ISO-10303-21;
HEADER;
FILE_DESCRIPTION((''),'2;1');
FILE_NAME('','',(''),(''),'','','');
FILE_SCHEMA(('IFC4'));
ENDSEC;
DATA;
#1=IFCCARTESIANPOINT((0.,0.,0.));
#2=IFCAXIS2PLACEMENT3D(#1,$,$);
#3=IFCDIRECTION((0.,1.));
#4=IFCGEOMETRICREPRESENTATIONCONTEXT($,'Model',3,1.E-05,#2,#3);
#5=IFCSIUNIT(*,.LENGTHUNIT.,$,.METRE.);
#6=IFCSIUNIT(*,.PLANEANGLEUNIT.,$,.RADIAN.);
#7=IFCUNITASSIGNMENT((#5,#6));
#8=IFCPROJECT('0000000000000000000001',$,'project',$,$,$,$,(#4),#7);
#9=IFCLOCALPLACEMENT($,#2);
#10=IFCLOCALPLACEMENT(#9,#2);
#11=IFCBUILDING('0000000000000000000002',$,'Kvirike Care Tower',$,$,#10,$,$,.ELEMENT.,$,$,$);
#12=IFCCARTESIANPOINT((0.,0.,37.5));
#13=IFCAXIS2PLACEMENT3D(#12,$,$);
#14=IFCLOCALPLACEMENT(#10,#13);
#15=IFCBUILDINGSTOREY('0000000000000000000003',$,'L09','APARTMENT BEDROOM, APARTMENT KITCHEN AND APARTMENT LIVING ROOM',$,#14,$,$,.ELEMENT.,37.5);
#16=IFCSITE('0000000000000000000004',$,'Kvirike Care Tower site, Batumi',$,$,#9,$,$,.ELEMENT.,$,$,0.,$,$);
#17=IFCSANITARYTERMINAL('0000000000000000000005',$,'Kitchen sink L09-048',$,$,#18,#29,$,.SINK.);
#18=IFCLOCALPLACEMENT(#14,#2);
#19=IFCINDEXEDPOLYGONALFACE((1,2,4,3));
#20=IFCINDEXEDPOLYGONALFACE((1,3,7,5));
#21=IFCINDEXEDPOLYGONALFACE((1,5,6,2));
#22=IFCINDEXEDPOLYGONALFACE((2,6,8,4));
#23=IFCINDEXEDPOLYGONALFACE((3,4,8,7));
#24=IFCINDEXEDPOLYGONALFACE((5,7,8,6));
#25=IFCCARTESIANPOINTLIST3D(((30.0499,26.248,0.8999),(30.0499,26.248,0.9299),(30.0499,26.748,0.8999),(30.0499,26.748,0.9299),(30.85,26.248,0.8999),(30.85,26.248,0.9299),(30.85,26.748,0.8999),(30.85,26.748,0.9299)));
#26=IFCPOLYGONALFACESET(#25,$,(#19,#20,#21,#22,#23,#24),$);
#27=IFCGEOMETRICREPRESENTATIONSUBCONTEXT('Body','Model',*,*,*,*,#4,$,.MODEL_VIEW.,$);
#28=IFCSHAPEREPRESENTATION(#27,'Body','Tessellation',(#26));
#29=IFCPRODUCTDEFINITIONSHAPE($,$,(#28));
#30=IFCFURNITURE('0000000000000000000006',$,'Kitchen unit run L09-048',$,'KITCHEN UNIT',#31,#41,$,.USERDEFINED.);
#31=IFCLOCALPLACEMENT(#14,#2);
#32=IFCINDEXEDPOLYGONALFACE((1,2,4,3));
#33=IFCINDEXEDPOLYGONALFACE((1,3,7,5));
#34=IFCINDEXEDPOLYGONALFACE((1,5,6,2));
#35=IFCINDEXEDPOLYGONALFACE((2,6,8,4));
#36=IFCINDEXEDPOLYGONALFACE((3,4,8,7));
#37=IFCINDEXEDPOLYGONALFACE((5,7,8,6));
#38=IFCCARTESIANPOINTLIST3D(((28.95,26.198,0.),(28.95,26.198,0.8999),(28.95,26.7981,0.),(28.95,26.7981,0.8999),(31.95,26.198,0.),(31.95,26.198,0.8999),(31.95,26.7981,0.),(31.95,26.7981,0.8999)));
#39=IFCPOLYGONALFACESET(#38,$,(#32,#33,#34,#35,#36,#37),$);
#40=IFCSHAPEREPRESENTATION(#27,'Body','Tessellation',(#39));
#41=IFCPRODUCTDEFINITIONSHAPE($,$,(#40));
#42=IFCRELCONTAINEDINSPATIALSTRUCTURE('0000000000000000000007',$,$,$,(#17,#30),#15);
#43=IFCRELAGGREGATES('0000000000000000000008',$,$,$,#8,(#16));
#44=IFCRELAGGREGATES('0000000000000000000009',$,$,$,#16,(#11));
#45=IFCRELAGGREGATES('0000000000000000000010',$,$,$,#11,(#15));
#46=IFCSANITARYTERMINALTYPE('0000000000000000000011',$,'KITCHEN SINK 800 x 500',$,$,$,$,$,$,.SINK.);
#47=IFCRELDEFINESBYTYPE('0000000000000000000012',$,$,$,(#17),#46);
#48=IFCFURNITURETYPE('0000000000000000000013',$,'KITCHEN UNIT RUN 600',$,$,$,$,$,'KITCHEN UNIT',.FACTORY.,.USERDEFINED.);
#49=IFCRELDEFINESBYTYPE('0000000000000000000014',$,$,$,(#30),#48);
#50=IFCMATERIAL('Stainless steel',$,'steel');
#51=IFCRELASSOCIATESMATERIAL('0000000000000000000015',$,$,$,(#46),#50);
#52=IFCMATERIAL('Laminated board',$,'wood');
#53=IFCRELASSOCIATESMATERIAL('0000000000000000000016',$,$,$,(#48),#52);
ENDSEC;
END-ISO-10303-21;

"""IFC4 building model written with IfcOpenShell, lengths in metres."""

from ifc_helpers import new_model, si_unit, direction, frame, origin, origin_2d, place, context, subcontext, project, spatial, rectangle, extrude, material, type_object, element, save


model = new_model("IFC4")

# Units and contexts
model_context = context("Model", 3, precision=1e-05, world=origin(), true_north=direction((0.0, 1.0)))
body_context = subcontext(model_context, "Body", "Model", "MODEL_VIEW")
ifc_project = project(units=[si_unit("LENGTHUNIT", "METRE"), si_unit("PLANEANGLEUNIT", "RADIAN")], contexts=[model_context])

# Site, building, storey
site_placement = place(None, origin())
site = spatial("IfcSite", under=ifc_project, at=site_placement, Name="Kvirike Care Tower site, Batumi", CompositionType="ELEMENT", RefElevation=0.0)
building_placement = place(site_placement, origin())
building = spatial("IfcBuilding", under=site, at=building_placement, Name="Kvirike Care Tower", CompositionType="ELEMENT")
storey_placement = place(building_placement, frame((0.0, 0.0, 37.5)))
storey = spatial("IfcBuildingStorey", under=building, at=storey_placement, Name="L09", Description="APARTMENT BEDROOM, APARTMENT KITCHEN AND APARTMENT LIVING ROOM", CompositionType="ELEMENT", Elevation=37.5)

# Sanitary terminal
ifc_material_1 = material(Name="Stainless steel", Category="steel")
sanitary_terminal_type = type_object("IfcSanitaryTerminalType", Name="KITCHEN SINK 800 x 500", PredefinedType="SINK", material=ifc_material_1)
sanitary_terminal_placement = place(storey_placement, frame((30.45, 26.498, 0.8999), z_axis=(0.0, 0.0, 1.0), x_axis=(1.0, 0.0, 0.0)))
element("IfcSanitaryTerminal", 1, at=sanitary_terminal_placement, inside=storey, type_object=sanitary_terminal_type, Name="Kitchen sink L09-048", PredefinedType="SINK", context=body_context, shape_type="SweptSolid", body=[
    extrude(rectangle(XDim=0.8, YDim=0.5, at=origin_2d()), origin(), (0.0, 0.0, 1.0), 0.03),
])

# Furniture
ifc_material_2 = material(Name="Laminated board", Category="wood")
furniture_type = type_object("IfcFurnitureType", Name="KITCHEN UNIT RUN 600", ElementType="KITCHEN UNIT", AssemblyPlace="FACTORY", PredefinedType="USERDEFINED", material=ifc_material_2)
furniture_placement = place(storey_placement, frame((30.45, 26.498, 0.0), z_axis=(0.0, 0.0, 1.0), x_axis=(1.0, 0.0, 0.0)))
element("IfcFurniture", 2, at=furniture_placement, inside=storey, type_object=furniture_type, Name="Kitchen unit run L09-048", ObjectType="KITCHEN UNIT", PredefinedType="USERDEFINED", context=body_context, shape_type="SweptSolid", body=[
    extrude(rectangle(XDim=3.0, YDim=0.6001, at=origin_2d()), origin(), (0.0, 0.0, 1.0), 0.8999),
])

save(model, "model.ifc")
